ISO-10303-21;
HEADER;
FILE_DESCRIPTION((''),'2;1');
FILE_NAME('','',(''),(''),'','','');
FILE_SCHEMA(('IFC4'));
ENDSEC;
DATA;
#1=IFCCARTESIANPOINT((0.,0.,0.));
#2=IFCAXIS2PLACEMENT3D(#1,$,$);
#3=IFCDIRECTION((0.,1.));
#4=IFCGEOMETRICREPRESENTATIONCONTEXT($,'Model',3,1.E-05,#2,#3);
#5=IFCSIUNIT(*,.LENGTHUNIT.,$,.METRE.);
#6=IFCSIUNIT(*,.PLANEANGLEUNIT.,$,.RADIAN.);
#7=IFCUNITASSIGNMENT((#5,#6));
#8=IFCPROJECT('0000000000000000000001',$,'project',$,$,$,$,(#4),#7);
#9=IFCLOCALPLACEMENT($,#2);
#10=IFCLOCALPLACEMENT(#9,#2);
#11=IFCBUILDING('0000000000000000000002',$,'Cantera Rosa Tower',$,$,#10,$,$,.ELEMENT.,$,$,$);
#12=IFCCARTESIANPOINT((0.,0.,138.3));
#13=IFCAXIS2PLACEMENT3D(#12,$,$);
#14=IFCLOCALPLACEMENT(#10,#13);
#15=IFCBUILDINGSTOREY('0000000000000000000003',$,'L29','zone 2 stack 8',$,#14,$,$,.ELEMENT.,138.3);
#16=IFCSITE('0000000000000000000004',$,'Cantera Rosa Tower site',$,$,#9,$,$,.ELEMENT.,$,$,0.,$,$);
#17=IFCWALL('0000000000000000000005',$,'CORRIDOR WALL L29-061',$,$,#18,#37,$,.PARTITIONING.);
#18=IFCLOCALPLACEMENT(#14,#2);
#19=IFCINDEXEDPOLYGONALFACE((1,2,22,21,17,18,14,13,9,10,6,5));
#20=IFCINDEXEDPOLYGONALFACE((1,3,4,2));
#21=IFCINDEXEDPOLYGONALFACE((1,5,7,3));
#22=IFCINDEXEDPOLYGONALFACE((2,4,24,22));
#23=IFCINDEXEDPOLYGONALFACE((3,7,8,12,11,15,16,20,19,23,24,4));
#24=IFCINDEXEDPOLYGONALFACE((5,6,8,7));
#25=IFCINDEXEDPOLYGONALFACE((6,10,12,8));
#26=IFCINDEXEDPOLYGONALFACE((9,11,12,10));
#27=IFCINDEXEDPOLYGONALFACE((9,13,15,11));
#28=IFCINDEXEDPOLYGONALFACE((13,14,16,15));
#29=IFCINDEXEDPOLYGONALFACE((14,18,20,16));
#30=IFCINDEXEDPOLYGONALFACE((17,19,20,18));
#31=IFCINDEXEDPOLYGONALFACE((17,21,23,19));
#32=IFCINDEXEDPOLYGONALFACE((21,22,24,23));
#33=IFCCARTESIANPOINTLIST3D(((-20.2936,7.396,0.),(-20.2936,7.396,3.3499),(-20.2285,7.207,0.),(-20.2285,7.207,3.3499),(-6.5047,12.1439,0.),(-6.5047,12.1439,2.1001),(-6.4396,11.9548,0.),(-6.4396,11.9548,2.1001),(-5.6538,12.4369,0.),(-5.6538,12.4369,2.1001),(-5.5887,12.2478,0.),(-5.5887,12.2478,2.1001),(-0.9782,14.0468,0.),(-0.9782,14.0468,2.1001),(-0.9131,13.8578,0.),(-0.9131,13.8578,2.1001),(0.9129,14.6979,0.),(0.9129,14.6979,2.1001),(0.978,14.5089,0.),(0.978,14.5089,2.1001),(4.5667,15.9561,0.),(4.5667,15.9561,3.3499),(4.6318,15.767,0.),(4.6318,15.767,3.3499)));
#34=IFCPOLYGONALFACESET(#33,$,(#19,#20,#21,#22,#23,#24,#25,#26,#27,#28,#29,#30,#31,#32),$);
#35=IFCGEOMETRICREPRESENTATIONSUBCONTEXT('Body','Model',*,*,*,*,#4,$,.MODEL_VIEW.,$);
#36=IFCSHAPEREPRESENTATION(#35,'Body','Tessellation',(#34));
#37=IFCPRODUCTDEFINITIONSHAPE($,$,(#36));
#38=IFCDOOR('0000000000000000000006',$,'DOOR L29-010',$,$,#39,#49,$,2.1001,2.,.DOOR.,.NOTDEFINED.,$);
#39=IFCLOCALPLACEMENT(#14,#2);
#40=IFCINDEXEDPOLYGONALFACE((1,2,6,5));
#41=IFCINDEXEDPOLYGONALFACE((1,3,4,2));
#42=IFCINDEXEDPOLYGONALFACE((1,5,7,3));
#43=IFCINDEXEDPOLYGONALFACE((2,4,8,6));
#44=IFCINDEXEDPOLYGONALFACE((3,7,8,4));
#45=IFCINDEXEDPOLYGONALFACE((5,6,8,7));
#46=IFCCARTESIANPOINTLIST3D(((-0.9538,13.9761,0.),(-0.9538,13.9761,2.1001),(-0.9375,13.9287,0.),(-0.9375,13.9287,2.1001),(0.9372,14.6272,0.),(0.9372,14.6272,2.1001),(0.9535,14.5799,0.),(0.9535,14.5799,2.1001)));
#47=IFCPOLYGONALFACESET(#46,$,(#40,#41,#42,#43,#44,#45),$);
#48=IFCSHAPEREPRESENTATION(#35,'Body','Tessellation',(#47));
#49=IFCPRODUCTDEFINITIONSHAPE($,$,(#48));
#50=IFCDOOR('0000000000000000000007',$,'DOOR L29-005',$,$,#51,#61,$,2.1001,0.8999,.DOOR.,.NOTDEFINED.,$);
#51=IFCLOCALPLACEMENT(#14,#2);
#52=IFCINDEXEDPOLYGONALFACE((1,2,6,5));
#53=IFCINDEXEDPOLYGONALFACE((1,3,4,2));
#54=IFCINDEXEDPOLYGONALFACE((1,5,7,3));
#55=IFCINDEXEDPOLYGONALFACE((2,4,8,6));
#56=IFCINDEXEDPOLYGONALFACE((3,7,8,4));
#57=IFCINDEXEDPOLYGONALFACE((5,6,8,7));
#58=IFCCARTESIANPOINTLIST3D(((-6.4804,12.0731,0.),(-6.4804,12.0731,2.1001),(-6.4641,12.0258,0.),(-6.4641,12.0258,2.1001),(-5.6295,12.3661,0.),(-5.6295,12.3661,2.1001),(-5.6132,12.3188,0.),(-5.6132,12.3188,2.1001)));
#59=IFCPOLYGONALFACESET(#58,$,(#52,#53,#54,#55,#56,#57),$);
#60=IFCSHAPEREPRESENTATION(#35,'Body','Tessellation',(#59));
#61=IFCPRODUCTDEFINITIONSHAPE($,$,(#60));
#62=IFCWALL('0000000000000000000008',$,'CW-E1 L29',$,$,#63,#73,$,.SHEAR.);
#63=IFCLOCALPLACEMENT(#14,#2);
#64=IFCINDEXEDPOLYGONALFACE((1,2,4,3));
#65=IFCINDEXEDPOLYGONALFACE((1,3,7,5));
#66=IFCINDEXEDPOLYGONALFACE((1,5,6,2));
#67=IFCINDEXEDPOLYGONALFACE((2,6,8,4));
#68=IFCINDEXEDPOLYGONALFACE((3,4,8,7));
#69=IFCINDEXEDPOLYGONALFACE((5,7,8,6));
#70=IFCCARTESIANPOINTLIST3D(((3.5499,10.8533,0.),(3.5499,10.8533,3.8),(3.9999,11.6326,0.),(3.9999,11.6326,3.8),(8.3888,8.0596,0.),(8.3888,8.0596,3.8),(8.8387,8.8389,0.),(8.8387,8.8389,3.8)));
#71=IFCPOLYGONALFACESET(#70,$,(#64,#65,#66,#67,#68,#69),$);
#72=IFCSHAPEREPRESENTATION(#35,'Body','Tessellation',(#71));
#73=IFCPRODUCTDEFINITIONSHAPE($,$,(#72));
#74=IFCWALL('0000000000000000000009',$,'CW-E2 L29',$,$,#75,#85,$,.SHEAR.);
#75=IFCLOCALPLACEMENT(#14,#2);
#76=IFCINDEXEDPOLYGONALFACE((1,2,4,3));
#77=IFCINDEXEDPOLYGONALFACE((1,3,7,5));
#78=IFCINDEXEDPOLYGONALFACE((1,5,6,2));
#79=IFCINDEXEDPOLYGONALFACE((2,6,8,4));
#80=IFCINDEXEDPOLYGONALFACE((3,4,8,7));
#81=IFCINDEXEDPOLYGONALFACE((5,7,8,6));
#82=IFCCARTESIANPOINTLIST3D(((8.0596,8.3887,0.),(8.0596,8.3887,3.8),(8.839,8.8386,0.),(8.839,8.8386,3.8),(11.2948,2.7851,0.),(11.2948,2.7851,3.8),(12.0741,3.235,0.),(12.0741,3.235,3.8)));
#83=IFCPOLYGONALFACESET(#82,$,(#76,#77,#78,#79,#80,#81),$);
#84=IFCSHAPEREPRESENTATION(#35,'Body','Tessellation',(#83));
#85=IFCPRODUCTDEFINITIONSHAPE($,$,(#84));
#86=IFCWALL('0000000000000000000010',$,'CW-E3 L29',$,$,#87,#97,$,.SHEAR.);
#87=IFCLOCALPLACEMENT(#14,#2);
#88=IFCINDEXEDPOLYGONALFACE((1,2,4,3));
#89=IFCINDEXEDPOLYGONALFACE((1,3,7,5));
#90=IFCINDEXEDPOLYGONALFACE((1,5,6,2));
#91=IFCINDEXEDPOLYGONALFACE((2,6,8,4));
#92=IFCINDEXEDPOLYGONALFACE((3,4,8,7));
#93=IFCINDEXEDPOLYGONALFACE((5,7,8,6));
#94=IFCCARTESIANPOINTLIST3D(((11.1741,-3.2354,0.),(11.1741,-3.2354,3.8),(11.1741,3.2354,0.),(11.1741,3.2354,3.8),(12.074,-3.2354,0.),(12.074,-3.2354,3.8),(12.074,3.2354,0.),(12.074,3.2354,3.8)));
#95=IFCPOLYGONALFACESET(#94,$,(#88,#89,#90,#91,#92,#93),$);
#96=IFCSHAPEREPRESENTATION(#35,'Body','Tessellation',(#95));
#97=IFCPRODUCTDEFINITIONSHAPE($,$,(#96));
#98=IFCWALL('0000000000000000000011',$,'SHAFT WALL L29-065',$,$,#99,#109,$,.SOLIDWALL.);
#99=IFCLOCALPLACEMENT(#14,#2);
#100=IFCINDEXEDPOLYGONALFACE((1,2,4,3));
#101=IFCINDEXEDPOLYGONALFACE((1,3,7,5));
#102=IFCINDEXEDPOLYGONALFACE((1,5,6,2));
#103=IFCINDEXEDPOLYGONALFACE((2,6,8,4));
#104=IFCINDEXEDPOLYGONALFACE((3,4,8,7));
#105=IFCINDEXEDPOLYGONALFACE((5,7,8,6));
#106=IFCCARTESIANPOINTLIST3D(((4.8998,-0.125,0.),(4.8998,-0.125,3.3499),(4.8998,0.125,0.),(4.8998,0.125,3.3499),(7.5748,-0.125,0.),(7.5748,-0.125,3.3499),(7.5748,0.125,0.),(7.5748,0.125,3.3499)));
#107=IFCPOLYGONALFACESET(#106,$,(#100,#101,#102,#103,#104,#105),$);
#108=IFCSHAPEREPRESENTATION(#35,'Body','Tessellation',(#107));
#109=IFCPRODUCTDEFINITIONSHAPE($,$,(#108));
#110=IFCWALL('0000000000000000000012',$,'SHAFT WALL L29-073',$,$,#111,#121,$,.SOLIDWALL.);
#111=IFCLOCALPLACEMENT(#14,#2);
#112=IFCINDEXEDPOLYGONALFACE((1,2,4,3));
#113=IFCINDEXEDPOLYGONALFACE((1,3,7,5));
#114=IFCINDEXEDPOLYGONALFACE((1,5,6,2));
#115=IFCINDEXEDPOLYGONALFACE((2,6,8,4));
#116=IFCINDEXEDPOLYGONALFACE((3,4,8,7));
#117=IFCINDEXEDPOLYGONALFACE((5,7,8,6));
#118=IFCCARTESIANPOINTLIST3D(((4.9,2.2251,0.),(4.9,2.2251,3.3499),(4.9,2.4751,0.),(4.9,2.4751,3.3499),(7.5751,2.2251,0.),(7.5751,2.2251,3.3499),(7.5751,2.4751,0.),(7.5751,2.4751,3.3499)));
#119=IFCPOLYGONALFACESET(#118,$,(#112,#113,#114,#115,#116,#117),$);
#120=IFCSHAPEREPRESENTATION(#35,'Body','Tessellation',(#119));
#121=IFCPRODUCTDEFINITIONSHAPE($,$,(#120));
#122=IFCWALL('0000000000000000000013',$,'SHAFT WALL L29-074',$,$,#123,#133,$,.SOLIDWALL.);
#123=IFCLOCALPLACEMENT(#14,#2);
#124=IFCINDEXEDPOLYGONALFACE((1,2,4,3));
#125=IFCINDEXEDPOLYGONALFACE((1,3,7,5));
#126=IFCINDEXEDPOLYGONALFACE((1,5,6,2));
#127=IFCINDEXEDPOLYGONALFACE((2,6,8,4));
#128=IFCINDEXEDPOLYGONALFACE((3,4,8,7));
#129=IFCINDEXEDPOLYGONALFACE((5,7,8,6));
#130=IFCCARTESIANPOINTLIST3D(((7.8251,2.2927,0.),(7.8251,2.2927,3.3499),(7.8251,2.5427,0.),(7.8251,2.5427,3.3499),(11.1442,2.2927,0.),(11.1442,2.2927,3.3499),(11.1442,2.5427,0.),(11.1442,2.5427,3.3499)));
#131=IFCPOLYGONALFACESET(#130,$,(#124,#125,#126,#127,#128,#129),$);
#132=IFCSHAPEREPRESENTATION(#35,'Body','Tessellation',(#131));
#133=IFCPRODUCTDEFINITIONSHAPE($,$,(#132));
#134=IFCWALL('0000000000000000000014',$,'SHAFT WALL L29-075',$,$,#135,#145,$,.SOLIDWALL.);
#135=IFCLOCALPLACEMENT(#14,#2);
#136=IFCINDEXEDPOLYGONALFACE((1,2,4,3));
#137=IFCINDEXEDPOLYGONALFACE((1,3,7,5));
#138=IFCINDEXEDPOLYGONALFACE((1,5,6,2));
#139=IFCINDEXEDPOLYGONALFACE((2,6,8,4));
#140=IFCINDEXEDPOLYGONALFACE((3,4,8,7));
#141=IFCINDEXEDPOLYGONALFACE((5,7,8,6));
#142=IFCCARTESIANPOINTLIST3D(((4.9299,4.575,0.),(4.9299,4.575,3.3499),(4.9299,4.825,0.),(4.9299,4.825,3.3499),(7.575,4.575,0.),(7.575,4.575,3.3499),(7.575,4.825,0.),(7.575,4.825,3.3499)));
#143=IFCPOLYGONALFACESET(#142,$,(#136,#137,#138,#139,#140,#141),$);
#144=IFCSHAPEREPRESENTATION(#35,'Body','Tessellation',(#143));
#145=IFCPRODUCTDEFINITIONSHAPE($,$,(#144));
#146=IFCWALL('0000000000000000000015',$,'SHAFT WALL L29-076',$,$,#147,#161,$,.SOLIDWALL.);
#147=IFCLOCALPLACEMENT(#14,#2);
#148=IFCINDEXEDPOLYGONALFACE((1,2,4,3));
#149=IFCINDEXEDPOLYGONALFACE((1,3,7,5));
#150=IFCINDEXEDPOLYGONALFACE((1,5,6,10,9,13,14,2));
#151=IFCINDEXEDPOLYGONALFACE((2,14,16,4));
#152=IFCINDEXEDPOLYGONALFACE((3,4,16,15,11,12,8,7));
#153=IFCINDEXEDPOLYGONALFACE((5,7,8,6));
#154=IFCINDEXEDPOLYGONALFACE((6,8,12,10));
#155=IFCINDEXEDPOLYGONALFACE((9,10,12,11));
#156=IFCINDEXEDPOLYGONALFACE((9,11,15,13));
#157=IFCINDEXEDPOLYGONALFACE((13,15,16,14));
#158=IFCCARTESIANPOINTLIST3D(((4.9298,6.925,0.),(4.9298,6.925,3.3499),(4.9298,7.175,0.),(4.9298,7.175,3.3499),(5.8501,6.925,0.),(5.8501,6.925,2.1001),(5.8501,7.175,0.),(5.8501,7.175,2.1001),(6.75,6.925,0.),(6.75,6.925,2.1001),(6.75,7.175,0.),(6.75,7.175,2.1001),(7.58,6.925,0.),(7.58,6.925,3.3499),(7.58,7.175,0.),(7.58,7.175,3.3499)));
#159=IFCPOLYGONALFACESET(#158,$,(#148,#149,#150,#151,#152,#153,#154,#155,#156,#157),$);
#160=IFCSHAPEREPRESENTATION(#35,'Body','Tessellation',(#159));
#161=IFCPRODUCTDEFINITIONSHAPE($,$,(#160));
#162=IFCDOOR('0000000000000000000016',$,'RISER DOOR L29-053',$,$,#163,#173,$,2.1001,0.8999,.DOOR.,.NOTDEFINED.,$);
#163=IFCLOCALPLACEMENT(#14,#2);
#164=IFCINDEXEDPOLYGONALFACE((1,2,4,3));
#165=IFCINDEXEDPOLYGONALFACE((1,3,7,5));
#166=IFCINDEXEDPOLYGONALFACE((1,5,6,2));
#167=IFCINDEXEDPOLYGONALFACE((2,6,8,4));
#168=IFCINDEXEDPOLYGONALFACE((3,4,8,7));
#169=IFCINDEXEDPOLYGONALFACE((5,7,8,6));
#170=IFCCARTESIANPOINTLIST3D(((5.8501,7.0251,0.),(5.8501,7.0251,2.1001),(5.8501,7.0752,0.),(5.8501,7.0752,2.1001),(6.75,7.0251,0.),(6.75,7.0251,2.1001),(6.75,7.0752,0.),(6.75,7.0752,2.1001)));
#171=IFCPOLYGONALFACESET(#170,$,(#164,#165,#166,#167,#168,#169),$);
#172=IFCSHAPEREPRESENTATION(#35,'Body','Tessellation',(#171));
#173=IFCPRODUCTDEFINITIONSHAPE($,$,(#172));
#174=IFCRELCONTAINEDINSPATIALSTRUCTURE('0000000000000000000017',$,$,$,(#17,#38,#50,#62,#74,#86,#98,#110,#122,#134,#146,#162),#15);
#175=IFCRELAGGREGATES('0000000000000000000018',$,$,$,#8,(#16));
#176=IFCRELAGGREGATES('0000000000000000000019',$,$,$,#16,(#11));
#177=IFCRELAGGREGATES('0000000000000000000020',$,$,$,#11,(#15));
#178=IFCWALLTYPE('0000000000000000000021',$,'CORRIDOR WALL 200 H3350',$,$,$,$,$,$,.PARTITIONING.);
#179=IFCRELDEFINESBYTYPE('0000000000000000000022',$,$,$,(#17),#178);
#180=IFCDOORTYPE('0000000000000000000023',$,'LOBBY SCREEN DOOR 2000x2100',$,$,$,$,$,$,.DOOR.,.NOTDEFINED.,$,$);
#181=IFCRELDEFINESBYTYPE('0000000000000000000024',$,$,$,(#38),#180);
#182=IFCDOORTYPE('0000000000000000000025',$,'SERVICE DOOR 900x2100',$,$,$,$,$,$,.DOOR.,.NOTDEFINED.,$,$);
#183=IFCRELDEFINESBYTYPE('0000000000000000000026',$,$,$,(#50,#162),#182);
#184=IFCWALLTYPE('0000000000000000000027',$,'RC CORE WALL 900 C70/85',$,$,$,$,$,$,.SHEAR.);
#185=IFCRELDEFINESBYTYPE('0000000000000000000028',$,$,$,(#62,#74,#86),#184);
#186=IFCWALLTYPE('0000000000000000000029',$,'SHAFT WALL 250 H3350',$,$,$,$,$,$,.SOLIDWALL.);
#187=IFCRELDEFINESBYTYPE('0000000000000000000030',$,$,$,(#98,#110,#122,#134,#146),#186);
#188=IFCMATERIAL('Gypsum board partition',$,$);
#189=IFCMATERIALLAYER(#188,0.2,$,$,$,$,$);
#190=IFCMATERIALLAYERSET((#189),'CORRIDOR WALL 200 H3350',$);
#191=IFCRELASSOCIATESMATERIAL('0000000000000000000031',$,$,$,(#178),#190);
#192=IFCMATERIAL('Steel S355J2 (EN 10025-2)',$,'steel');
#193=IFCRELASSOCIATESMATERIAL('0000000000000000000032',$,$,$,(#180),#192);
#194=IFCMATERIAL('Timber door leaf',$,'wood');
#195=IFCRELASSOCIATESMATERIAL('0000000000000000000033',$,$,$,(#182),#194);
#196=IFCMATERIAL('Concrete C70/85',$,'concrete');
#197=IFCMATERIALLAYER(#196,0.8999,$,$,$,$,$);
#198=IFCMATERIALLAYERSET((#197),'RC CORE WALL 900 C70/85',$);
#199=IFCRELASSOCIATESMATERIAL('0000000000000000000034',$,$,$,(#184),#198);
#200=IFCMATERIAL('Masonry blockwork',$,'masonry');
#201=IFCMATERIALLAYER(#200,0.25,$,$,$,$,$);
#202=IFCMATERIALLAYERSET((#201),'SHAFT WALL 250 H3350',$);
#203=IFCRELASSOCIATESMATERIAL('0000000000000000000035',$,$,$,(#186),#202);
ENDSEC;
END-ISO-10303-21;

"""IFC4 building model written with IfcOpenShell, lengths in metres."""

from ifc_helpers import new_model, si_unit, direction, frame, frame_2d, origin, place, context, subcontext, project, spatial, rectangle, extrude, material, layer, layer_set, type_object, element, fill, save


model = new_model("IFC4")

# Units and contexts
model_context = context("Model", 3, precision=1e-05, world=origin(), true_north=direction((0.0, 1.0)))
body_context = subcontext(model_context, "Body", "Model", "MODEL_VIEW")
ifc_project = project(units=[si_unit("LENGTHUNIT", "METRE"), si_unit("PLANEANGLEUNIT", "RADIAN")], contexts=[model_context])

# Site, building, storey
site_placement = place(None, origin())
site = spatial("IfcSite", under=ifc_project, at=site_placement, Name="Cantera Rosa Tower site", CompositionType="ELEMENT", RefElevation=0.0)
building_placement = place(site_placement, origin())
building = spatial("IfcBuilding", under=site, at=building_placement, Name="Cantera Rosa Tower", CompositionType="ELEMENT")
storey_placement = place(building_placement, frame((0.0, 0.0, 138.3)))
storey = spatial("IfcBuildingStorey", under=building, at=storey_placement, Name="L29", Description="zone 2 stack 8", CompositionType="ELEMENT", Elevation=138.3)

# Shared definitions
ifc_material_1 = material(Name="Gypsum board partition")
ifc_layer_1 = layer(ifc_material_1, 0.2)
ifc_layer_set_1 = layer_set([ifc_layer_1], Name="CORRIDOR WALL 200 H3350")
wall_type_1 = type_object("IfcWallType", Name="CORRIDOR WALL 200 H3350", PredefinedType="PARTITIONING", material=ifc_layer_set_1)

# Wall, openings, doors
wall_1_placement = place(storey_placement, frame((4.5994, 15.8616, 0.0), z_axis=(0.0, 0.0, 1.0), x_axis=(-0.945519, -0.325567, 0.0)))
wall_1 = element("IfcWall", 1, at=wall_1_placement, inside=storey, type_object=wall_type_1, Name="CORRIDOR WALL L29-061", PredefinedType="PARTITIONING", context=body_context, shape_type="SweptSolid", body=[
    extrude(rectangle(XDim=26.2927, YDim=0.2, at=frame_2d((13.1465, 0.0))), origin(), (0.0, 0.0, 1.0), 3.3499),
])
opening_1_placement = place(wall_1_placement, frame((10.8096, 0.0, 0.0)))
opening_1 = element("IfcOpeningElement", 2, at=opening_1_placement, cuts=wall_1, PredefinedType="OPENING", context=body_context, shape_type="SweptSolid", body=[
    extrude(rectangle(XDim=0.8999, YDim=2.1001, at=frame_2d((0.45, 1.05))), frame((0.0, 0.1099, 0.0), z_axis=(0.0, -1.0, 0.0), x_axis=(1.0, 0.0, 0.0)), (0.0, 0.0, 1.0), 0.22),
])
opening_2_placement = place(wall_1_placement, frame((3.8645, 0.0, 0.0)))
opening_2 = element("IfcOpeningElement", 3, at=opening_2_placement, cuts=wall_1, PredefinedType="OPENING", context=body_context, shape_type="SweptSolid", body=[
    extrude(rectangle(XDim=2.0, YDim=2.1001, at=frame_2d((1.0, 1.05))), frame((0.0, 0.1099, 0.0), z_axis=(0.0, -1.0, 0.0), x_axis=(1.0, 0.0, 0.0)), (0.0, 0.0, 1.0), 0.22),
])
ifc_material_2 = material(Name="Steel S355J2 (EN 10025-2)", Category="steel")
door_type_1 = type_object("IfcDoorType", Name="LOBBY SCREEN DOOR 2000x2100", OperationType="NOTDEFINED", PredefinedType="DOOR", material=ifc_material_2)
door_1_placement = place(opening_2_placement, origin())
door_1 = element("IfcDoor", 4, at=door_1_placement, inside=storey, type_object=door_type_1, Name="DOOR L29-010", OperationType="NOTDEFINED", OverallHeight=2.1001, OverallWidth=2.0, PredefinedType="DOOR", context=body_context, shape_type="SweptSolid", body=[
    extrude(rectangle(XDim=2.0, YDim=2.1001, at=frame_2d((1.0, 1.05))), frame((0.0, 0.0249, 0.0), z_axis=(0.0, -1.0, 0.0), x_axis=(1.0, 0.0, 0.0)), (0.0, 0.0, 1.0), 0.05),
])
fill(opening_2, door_1)
ifc_material_3 = material(Name="Timber door leaf", Category="wood")
door_type_2 = type_object("IfcDoorType", Name="SERVICE DOOR 900x2100", OperationType="NOTDEFINED", PredefinedType="DOOR", material=ifc_material_3)
door_2_placement = place(opening_1_placement, origin())
door_2 = element("IfcDoor", 5, at=door_2_placement, inside=storey, type_object=door_type_2, Name="DOOR L29-005", OperationType="NOTDEFINED", OverallHeight=2.1001, OverallWidth=0.8999, PredefinedType="DOOR", context=body_context, shape_type="SweptSolid", body=[
    extrude(rectangle(XDim=0.8999, YDim=2.1001, at=frame_2d((0.45, 1.05))), frame((0.0, 0.0249, 0.0), z_axis=(0.0, -1.0, 0.0), x_axis=(1.0, 0.0, 0.0)), (0.0, 0.0, 1.0), 0.05),
])
fill(opening_1, door_2)

# Walls
ifc_material_4 = material(Name="Concrete C70/85", Category="concrete")
ifc_layer_2 = layer(ifc_material_4, 0.8999)
ifc_layer_set_2 = layer_set([ifc_layer_2], Name="RC CORE WALL 900 C70/85")
wall_type_2 = type_object("IfcWallType", Name="RC CORE WALL 900 C70/85", PredefinedType="SHEAR", material=ifc_layer_set_2)
wall_2_placement = place(storey_placement, frame((3.7749, 11.2429, 0.0), z_axis=(0.0, 0.0, 1.0), x_axis=(0.866027, -0.499997, 0.0)))
element("IfcWall", 6, at=wall_2_placement, inside=storey, type_object=wall_type_2, Name="CW-E1 L29", PredefinedType="SHEAR", context=body_context, shape_type="SweptSolid", body=[
    extrude(rectangle(XDim=5.5874, YDim=0.8999, at=frame_2d((2.7937, 0.0))), origin(), (0.0, 0.0, 1.0), 3.8),
])
wall_3_placement = place(storey_placement, frame((8.4492, 8.6138, 0.0), z_axis=(0.0, 0.0, 1.0), x_axis=(0.49999, -0.866031, 0.0)))
element("IfcWall", 7, at=wall_3_placement, inside=storey, type_object=wall_type_2, Name="CW-E2 L29", PredefinedType="SHEAR", context=body_context, shape_type="SweptSolid", body=[
    extrude(rectangle(XDim=6.4705, YDim=0.8999, at=frame_2d((3.2354, 0.0))), origin(), (0.0, 0.0, 1.0), 3.8),
])
wall_4_placement = place(storey_placement, frame((11.624, 3.2354, 0.0), z_axis=(0.0, 0.0, 1.0), x_axis=(0.0, -1.0, 0.0)))
element("IfcWall", 8, at=wall_4_placement, inside=storey, type_object=wall_type_2, Name="CW-E3 L29", PredefinedType="SHEAR", context=body_context, shape_type="SweptSolid", body=[
    extrude(rectangle(XDim=6.4707, YDim=0.8999, at=frame_2d((3.2354, 0.0))), origin(), (0.0, 0.0, 1.0), 3.8),
])
ifc_material_5 = material(Name="Masonry blockwork", Category="masonry")
ifc_layer_3 = layer(ifc_material_5, 0.25)
ifc_layer_set_3 = layer_set([ifc_layer_3], Name="SHAFT WALL 250 H3350")
wall_type_3 = type_object("IfcWallType", Name="SHAFT WALL 250 H3350", PredefinedType="SOLIDWALL", material=ifc_layer_set_3)
for number, where, z_axis, x_axis, name in (
    (9, (4.8999, 0.0, 0.0), (0.0, 0.0, 1.0), (1.0, 0.0, 0.0), "SHAFT WALL L29-065"),
    (10, (7.575, 2.3501, 0.0), (0.0, 0.0, 1.0), (-1.0, 0.0, 0.0), "SHAFT WALL L29-073"),
):
    element("IfcWall", number, at=place(storey_placement, frame(where, z_axis=z_axis, x_axis=x_axis)), inside=storey, type_object=wall_type_3, Name=name, PredefinedType="SOLIDWALL", context=body_context, shape_type="SweptSolid", body=[
        extrude(rectangle(XDim=2.675, YDim=0.25, at=frame_2d((1.3374, 0.0))), origin(), (0.0, 0.0, 1.0), 3.3499),
    ])
wall_5_placement = place(storey_placement, frame((7.825, 2.4177, 0.0), z_axis=(0.0, 0.0, 1.0), x_axis=(1.0, 0.0, 0.0)))
element("IfcWall", 11, at=wall_5_placement, inside=storey, type_object=wall_type_3, Name="SHAFT WALL L29-074", PredefinedType="SOLIDWALL", context=body_context, shape_type="SweptSolid", body=[
    extrude(rectangle(XDim=3.3191, YDim=0.25, at=frame_2d((1.6597, 0.0))), origin(), (0.0, 0.0, 1.0), 3.3499),
])
wall_6_placement = place(storey_placement, frame((7.575, 4.7, 0.0), z_axis=(0.0, 0.0, 1.0), x_axis=(-1.0, 0.0, 0.0)))
element("IfcWall", 12, at=wall_6_placement, inside=storey, type_object=wall_type_3, Name="SHAFT WALL L29-075", PredefinedType="SOLIDWALL", context=body_context, shape_type="SweptSolid", body=[
    extrude(rectangle(XDim=2.645, YDim=0.25, at=frame_2d((1.3225, 0.0))), origin(), (0.0, 0.0, 1.0), 3.3499),
])

# Wall, opening, door
wall_7_placement = place(storey_placement, frame((7.5801, 7.05, 0.0), z_axis=(0.0, 0.0, 1.0), x_axis=(-1.0, 0.0, 0.0)))
wall_7 = element("IfcWall", 13, at=wall_7_placement, inside=storey, type_object=wall_type_3, Name="SHAFT WALL L29-076", PredefinedType="SOLIDWALL", context=body_context, shape_type="SweptSolid", body=[
    extrude(rectangle(XDim=2.6501, YDim=0.25, at=frame_2d((1.3252, 0.0))), origin(), (0.0, 0.0, 1.0), 3.3499),
])
opening_3_placement = place(wall_7_placement, frame((0.8301, 0.0, 0.0)))
opening_3 = element("IfcOpeningElement", 14, at=opening_3_placement, cuts=wall_7, PredefinedType="OPENING", context=body_context, shape_type="SweptSolid", body=[
    extrude(rectangle(XDim=0.8999, YDim=2.1001, at=frame_2d((0.45, 1.05))), frame((0.0, 0.135, 0.0), z_axis=(0.0, -1.0, 0.0), x_axis=(1.0, 0.0, 0.0)), (0.0, 0.0, 1.0), 0.27),
])
door_3_placement = place(opening_3_placement, origin())
door_3 = element("IfcDoor", 15, at=door_3_placement, inside=storey, type_object=door_type_2, Name="RISER DOOR L29-053", OperationType="NOTDEFINED", OverallHeight=2.1001, OverallWidth=0.8999, PredefinedType="DOOR", context=body_context, shape_type="SweptSolid", body=[
    extrude(rectangle(XDim=0.8999, YDim=2.1001, at=frame_2d((0.45, 1.05))), frame((0.0, 0.0249, 0.0), z_axis=(0.0, -1.0, 0.0), x_axis=(1.0, 0.0, 0.0)), (0.0, 0.0, 1.0), 0.05),
])
fill(opening_3, door_3)

save(model, "model.ifc")
